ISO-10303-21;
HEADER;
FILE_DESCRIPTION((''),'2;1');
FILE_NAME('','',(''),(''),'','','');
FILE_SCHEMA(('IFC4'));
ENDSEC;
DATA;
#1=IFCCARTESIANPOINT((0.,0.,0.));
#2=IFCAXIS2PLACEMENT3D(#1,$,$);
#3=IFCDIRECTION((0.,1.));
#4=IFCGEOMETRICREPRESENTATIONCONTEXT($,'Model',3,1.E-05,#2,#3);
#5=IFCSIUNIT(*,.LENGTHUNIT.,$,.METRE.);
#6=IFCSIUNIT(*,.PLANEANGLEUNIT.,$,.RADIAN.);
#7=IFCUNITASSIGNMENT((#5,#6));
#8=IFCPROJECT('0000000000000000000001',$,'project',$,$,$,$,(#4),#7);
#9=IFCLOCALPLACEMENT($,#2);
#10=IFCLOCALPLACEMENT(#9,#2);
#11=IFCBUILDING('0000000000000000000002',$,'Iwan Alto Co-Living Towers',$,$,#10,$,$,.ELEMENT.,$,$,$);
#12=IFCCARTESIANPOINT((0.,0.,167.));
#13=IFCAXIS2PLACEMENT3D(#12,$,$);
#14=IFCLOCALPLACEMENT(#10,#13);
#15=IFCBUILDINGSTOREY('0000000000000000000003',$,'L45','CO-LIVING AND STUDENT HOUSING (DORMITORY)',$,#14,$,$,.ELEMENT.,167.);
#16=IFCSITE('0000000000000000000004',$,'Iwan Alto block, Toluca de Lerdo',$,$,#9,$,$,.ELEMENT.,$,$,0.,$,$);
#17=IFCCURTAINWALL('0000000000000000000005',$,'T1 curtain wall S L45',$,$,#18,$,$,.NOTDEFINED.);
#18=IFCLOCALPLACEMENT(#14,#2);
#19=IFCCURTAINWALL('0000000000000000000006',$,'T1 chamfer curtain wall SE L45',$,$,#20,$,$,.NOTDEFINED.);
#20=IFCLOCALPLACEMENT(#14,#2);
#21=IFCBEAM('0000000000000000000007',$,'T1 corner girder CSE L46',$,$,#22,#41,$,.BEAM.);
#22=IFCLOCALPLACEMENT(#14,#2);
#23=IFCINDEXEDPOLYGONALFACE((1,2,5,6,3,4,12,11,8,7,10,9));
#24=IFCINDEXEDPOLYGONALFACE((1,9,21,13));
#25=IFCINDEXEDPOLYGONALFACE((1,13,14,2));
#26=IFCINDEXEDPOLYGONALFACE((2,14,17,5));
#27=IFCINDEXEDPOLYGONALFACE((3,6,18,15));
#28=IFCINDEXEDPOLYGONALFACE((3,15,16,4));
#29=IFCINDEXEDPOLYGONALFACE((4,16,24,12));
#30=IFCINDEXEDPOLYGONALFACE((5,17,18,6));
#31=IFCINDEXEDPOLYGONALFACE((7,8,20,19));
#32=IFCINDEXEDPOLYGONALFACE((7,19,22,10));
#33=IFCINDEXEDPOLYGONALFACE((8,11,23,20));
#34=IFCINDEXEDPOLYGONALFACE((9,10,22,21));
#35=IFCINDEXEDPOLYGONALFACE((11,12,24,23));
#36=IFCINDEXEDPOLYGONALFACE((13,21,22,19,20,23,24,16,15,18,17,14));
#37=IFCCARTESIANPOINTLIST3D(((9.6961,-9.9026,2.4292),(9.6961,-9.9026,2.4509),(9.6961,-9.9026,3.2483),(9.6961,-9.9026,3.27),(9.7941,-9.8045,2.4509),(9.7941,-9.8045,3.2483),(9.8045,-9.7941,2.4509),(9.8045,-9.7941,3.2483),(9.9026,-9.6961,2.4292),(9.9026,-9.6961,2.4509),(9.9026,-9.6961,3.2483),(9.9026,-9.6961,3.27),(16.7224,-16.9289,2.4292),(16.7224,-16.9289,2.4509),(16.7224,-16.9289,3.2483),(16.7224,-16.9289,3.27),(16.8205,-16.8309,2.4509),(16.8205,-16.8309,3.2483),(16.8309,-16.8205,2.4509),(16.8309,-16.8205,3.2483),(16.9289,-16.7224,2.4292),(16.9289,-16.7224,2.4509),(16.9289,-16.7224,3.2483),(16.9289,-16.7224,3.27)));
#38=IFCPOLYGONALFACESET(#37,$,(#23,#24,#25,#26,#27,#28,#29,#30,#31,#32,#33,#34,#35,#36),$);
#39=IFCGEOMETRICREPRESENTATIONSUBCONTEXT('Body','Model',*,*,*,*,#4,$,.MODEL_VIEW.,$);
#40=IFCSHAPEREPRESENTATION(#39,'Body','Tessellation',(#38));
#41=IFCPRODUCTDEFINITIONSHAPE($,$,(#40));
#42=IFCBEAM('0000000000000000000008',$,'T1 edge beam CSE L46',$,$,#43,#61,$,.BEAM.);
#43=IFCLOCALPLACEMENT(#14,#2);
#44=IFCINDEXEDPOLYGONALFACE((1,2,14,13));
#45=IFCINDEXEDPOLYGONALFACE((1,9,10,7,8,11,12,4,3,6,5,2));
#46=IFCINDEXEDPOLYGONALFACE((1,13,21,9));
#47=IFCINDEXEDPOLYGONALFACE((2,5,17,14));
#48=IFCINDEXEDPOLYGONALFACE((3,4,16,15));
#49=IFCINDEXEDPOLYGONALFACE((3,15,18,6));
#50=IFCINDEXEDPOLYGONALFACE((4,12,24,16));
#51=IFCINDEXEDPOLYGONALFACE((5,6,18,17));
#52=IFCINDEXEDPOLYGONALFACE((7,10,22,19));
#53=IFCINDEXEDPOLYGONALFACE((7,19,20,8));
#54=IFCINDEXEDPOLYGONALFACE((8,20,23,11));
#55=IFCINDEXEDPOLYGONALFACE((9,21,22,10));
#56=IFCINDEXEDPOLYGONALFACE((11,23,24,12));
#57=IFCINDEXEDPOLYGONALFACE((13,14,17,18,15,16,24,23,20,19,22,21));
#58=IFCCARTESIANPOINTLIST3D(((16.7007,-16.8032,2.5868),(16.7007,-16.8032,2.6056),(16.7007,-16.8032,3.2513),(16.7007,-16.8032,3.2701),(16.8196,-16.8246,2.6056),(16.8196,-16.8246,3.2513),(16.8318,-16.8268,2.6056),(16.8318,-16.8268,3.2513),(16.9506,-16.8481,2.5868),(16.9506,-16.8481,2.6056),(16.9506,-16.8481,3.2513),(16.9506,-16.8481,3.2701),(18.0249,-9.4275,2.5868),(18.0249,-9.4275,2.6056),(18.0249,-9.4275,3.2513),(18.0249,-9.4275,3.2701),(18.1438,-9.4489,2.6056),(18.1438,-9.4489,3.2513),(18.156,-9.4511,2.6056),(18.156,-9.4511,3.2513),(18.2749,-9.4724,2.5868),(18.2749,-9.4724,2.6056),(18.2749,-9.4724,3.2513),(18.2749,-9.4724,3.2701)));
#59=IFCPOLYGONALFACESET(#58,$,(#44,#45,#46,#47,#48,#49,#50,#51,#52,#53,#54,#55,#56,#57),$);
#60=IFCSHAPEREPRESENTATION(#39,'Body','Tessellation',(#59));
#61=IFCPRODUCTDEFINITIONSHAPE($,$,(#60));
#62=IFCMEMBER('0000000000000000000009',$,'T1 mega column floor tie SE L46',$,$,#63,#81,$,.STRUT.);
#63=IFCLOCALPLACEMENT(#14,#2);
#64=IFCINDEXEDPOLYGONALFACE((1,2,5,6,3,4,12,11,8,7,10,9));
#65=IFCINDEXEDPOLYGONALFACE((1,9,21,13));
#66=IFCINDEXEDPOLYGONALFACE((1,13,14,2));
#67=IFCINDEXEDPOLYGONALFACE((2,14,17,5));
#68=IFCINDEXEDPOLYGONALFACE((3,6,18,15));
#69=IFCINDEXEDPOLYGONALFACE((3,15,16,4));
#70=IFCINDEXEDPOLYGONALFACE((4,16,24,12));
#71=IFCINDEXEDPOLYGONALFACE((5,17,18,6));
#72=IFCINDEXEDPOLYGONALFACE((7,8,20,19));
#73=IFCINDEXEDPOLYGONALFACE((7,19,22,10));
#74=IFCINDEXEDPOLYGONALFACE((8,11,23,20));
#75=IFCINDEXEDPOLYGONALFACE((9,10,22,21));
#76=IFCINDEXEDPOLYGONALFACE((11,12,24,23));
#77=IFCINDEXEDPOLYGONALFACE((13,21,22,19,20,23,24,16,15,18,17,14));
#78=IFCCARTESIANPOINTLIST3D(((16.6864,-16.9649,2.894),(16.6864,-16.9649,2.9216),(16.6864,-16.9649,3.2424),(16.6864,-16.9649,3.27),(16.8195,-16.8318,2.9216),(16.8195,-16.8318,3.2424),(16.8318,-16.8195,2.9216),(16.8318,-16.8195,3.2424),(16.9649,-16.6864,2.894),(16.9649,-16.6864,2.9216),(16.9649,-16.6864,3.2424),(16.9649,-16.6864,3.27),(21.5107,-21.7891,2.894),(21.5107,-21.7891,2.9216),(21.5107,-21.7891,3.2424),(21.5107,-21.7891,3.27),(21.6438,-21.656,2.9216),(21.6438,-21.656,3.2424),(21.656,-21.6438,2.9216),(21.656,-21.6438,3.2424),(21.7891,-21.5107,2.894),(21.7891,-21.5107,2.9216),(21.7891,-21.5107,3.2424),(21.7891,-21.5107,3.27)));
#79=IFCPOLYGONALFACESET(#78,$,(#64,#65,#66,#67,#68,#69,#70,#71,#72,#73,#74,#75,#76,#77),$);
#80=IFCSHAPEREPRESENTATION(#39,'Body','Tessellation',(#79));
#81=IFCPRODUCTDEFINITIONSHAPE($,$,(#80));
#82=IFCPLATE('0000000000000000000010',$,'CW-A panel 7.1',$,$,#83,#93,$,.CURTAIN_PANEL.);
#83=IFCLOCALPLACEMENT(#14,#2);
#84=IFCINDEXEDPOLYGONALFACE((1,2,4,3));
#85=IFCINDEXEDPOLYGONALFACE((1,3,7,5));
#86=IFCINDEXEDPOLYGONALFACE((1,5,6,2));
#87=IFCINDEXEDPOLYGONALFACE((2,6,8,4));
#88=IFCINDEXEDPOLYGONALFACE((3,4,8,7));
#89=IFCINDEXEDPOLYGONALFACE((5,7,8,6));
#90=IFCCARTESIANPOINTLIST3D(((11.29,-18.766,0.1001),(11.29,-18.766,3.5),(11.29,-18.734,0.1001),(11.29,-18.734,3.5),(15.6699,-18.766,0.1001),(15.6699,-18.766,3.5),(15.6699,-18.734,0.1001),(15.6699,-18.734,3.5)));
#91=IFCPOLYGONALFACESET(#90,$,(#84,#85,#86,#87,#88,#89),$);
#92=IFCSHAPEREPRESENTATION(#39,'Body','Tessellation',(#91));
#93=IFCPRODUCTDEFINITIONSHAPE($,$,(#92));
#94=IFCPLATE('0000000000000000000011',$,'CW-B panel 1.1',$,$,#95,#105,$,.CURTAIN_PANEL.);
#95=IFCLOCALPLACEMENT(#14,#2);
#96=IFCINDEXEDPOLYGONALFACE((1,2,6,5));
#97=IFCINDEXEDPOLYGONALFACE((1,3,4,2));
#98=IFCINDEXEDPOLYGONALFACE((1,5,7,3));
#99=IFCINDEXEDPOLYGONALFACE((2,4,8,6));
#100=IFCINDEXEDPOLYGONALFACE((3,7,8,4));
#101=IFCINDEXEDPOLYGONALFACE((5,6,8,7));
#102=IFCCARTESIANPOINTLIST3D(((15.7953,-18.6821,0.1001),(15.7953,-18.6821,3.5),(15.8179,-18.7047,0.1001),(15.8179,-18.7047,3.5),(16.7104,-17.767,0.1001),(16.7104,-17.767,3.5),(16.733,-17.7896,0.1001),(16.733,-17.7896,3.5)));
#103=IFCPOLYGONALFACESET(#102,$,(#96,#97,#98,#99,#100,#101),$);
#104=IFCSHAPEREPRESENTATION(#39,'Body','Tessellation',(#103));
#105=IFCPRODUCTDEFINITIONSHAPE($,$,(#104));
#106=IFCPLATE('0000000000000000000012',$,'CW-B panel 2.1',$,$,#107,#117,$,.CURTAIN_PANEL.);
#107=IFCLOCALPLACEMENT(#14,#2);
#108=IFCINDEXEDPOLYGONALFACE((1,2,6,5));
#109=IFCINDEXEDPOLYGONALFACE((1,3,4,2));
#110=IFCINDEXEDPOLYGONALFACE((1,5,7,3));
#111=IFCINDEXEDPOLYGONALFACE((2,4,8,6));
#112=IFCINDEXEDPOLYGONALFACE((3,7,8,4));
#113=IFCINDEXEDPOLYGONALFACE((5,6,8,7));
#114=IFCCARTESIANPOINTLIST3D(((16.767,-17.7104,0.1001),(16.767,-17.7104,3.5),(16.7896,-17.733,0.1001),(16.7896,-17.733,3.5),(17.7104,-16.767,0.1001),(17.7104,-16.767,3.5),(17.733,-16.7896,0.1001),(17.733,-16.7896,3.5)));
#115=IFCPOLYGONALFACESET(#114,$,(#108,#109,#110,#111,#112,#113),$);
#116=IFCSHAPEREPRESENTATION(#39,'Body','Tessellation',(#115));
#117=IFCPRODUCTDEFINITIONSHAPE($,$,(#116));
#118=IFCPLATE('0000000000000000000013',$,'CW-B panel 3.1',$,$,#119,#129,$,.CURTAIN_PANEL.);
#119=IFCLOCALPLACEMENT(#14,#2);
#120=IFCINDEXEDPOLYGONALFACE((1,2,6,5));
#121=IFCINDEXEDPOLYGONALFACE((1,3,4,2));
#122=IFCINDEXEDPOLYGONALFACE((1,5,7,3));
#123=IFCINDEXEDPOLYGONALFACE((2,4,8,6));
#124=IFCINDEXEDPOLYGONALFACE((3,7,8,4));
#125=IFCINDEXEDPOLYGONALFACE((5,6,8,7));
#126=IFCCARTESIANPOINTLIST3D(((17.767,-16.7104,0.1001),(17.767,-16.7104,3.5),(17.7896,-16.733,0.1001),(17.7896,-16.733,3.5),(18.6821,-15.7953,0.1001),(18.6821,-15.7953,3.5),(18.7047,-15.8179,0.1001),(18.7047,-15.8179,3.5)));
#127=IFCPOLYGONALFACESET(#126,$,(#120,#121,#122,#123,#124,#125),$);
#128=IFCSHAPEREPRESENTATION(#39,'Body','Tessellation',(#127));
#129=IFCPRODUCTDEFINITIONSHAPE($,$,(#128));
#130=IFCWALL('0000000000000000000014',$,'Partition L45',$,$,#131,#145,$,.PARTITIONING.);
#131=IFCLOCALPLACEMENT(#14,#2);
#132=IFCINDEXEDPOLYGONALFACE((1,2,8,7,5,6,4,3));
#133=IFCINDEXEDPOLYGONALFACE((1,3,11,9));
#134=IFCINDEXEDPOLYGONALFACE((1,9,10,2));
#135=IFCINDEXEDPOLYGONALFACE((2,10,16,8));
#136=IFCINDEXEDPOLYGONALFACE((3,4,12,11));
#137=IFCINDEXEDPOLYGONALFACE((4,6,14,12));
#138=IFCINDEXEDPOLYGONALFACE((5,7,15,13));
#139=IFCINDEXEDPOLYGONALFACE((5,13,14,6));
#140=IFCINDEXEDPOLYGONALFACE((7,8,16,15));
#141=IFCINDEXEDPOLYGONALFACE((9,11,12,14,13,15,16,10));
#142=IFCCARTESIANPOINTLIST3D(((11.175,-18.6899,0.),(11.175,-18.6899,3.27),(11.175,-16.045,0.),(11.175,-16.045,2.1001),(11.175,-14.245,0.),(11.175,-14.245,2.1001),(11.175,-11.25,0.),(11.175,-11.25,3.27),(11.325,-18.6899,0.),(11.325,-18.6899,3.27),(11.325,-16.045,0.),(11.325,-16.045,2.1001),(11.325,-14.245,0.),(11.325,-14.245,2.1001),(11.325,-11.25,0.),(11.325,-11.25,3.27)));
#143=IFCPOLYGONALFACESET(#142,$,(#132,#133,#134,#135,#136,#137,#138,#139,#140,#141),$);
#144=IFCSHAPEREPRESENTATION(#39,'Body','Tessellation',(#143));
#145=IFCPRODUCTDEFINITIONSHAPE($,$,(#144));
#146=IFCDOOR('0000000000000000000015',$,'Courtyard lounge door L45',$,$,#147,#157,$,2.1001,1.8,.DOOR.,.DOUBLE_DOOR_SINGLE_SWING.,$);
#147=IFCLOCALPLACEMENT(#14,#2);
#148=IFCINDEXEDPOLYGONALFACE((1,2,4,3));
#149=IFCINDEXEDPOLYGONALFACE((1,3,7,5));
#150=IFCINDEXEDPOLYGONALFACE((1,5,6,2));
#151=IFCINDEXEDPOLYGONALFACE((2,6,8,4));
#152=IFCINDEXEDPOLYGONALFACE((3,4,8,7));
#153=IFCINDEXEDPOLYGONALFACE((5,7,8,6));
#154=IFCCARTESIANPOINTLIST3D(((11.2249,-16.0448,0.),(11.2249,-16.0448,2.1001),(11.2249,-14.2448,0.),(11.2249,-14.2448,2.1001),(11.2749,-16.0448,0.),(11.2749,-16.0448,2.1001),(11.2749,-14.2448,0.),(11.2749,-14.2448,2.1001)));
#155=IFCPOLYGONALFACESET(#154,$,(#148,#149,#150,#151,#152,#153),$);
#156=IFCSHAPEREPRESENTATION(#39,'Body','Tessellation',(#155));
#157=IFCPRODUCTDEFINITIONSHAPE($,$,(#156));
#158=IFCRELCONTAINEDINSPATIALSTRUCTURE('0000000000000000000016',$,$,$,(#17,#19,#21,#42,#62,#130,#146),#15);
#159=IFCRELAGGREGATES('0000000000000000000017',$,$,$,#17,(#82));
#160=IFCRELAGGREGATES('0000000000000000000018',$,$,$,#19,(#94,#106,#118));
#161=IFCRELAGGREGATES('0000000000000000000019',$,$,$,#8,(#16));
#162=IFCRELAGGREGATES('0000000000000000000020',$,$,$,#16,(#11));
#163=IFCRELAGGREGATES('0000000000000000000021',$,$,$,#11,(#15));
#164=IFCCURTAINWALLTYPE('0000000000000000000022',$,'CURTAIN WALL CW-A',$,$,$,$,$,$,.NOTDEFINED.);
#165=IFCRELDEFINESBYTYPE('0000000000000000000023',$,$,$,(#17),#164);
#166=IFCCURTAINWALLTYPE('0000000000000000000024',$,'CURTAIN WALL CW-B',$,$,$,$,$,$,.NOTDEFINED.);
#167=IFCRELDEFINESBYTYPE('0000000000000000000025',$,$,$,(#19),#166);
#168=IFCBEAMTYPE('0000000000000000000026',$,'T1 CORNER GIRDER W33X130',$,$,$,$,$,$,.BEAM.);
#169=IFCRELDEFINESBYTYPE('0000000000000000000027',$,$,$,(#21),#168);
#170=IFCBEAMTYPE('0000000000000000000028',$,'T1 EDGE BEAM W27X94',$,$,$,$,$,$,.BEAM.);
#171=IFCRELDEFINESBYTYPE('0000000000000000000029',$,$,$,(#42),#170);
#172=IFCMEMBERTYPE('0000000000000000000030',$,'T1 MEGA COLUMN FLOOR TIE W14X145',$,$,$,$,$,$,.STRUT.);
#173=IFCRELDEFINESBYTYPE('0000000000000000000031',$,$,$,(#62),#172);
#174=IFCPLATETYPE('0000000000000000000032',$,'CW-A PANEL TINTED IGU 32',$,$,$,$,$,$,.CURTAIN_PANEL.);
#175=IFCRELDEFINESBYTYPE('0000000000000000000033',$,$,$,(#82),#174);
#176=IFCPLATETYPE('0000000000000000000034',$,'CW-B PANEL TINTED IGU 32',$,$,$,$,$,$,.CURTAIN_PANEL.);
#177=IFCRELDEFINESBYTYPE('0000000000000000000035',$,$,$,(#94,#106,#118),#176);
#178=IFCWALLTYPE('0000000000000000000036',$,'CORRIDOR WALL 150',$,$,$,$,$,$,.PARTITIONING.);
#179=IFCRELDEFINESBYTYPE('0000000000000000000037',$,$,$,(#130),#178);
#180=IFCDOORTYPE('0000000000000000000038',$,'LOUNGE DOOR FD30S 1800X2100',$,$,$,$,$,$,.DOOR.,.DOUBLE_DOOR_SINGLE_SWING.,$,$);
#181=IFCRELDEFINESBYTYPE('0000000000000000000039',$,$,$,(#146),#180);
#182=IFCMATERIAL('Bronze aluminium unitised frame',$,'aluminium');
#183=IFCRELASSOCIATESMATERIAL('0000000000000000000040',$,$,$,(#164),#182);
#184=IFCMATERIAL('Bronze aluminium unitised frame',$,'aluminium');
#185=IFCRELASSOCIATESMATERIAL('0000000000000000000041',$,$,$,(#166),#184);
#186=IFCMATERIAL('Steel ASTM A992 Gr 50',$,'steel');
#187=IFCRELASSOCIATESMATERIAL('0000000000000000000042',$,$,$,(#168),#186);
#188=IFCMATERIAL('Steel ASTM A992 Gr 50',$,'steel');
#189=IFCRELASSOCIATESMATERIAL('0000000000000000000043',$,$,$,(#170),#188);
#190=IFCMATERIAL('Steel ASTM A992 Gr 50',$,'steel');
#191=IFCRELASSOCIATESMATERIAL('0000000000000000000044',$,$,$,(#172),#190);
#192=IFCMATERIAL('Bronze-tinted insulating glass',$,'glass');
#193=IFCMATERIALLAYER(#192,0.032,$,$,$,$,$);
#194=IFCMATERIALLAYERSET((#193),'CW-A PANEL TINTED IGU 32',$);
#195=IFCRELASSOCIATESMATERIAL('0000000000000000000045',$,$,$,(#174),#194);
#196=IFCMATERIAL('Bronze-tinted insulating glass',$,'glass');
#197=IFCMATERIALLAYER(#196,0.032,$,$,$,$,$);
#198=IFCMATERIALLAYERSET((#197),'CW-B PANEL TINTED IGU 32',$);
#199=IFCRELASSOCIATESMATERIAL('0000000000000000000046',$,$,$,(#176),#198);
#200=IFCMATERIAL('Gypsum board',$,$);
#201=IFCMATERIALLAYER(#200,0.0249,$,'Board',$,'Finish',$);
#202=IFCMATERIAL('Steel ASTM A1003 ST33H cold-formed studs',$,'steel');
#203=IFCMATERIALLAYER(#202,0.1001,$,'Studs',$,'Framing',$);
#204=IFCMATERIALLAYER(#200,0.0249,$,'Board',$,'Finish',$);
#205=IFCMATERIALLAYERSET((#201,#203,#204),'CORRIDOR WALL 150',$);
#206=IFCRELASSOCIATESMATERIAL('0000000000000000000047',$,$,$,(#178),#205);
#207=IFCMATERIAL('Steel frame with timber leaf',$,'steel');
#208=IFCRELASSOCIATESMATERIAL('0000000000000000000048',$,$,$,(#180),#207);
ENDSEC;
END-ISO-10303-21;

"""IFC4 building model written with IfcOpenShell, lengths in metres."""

from ifc_helpers import new_model, si_unit, direction, frame, frame_2d, origin, origin_2d, place, context, subcontext, project, spatial, rectangle, i_section, extrude, material, layer, layer_set, material_profile, profile_set, type_object, element, fill, aggregate, save


model = new_model("IFC4")

# Units and contexts
model_context = context("Model", 3, precision=1e-05, world=origin(), true_north=direction((0.0, 1.0)))
body_context = subcontext(model_context, "Body", "Model", "MODEL_VIEW")
ifc_project = project(units=[si_unit("LENGTHUNIT", "METRE"), si_unit("PLANEANGLEUNIT", "RADIAN")], contexts=[model_context])

# Site, building, storey
site_placement = place(None, origin())
site = spatial("IfcSite", under=ifc_project, at=site_placement, Name="Iwan Alto block, Toluca de Lerdo", CompositionType="ELEMENT", RefElevation=0.0)
building_placement = place(site_placement, origin())
building = spatial("IfcBuilding", under=site, at=building_placement, Name="Iwan Alto Co-Living Towers", CompositionType="ELEMENT")
storey_placement = place(building_placement, frame((0.0, 0.0, 167.0)))
storey = spatial("IfcBuildingStorey", under=building, at=storey_placement, Name="L45", Description="CO-LIVING AND STUDENT HOUSING (DORMITORY)", CompositionType="ELEMENT", Elevation=167.0)

# Curtain walls
ifc_material_1 = material(Name="Bronze aluminium unitised frame", Category="aluminium")
curtain_wall_type_1 = type_object("IfcCurtainWallType", Name="CURTAIN WALL CW-A", PredefinedType="NOTDEFINED", material=ifc_material_1)
curtain_wall_1_placement = place(storey_placement, origin())
curtain_wall_1 = element("IfcCurtainWall", 1, at=curtain_wall_1_placement, inside=storey, type_object=curtain_wall_type_1, Name="T1 curtain wall S L45", PredefinedType="NOTDEFINED")
ifc_material_2 = material(Name="Bronze aluminium unitised frame", Category="aluminium")
curtain_wall_type_2 = type_object("IfcCurtainWallType", Name="CURTAIN WALL CW-B", PredefinedType="NOTDEFINED", material=ifc_material_2)
curtain_wall_2_placement = place(storey_placement, origin())
curtain_wall_2 = element("IfcCurtainWall", 2, at=curtain_wall_2_placement, inside=storey, type_object=curtain_wall_type_2, Name="T1 chamfer curtain wall SE L45", PredefinedType="NOTDEFINED")

# Beams
ifc_material_3 = material(Name="Steel ASTM A992 Gr 50", Category="steel")
ifc_material_profile_1 = material_profile(ifc_material_3, i_section(OverallWidth=0.292, OverallDepth=0.8408, WebThickness=0.0146, FlangeThickness=0.0217, at=origin_2d()), Name="W33X130")
ifc_profile_set_1 = profile_set([ifc_material_profile_1], Name="Steel ASTM A992 Gr 50")
beam_type_1 = type_object("IfcBeamType", Name="T1 CORNER GIRDER W33X130", PredefinedType="BEAM", material=ifc_profile_set_1)
beam_1_placement = place(storey_placement, frame((16.8257, -16.8257, 2.8496), z_axis=(-0.707107, 0.707107, 0.0), x_axis=(-0.707107, -0.707107, 0.0)))
element("IfcBeam", 3, at=beam_1_placement, inside=storey, type_object=beam_type_1, Name="T1 corner girder CSE L46", PredefinedType="BEAM", context=body_context, shape_type="SweptSolid", body=[
    extrude(i_section(OverallWidth=0.292, OverallDepth=0.8408, WebThickness=0.0146, FlangeThickness=0.0217, at=origin_2d()), origin(), (0.0, 0.0, 1.0), 9.9368),
])
ifc_material_4 = material(Name="Steel ASTM A992 Gr 50", Category="steel")
ifc_material_profile_2 = material_profile(ifc_material_4, i_section(OverallWidth=0.2539, OverallDepth=0.6833, WebThickness=0.0125, FlangeThickness=0.0188, at=origin_2d()), Name="W27X94")
ifc_profile_set_2 = profile_set([ifc_material_profile_2], Name="Steel ASTM A992 Gr 50")
beam_type_2 = type_object("IfcBeamType", Name="T1 EDGE BEAM W27X94", PredefinedType="BEAM", material=ifc_profile_set_2)
beam_2_placement = place(storey_placement, frame((16.8257, -16.8257, 2.9285), z_axis=(0.176712, 0.984263, 0.0), x_axis=(-0.984263, 0.176712, 0.0)))
element("IfcBeam", 4, at=beam_2_placement, inside=storey, type_object=beam_type_2, Name="T1 edge beam CSE L46", PredefinedType="BEAM", context=body_context, shape_type="SweptSolid", body=[
    extrude(i_section(OverallWidth=0.2539, OverallDepth=0.6833, WebThickness=0.0125, FlangeThickness=0.0188, at=origin_2d()), origin(), (0.0, 0.0, 1.0), 7.4937),
])

# Member
ifc_material_5 = material(Name="Steel ASTM A992 Gr 50", Category="steel")
ifc_material_profile_3 = material_profile(ifc_material_5, i_section(OverallWidth=0.3938, OverallDepth=0.376, WebThickness=0.0173, FlangeThickness=0.0276, at=origin_2d()), Name="W14X145")
ifc_profile_set_3 = profile_set([ifc_material_profile_3], Name="Steel ASTM A992 Gr 50")
member_type_1 = type_object("IfcMemberType", Name="T1 MEGA COLUMN FLOOR TIE W14X145", PredefinedType="STRUT", material=ifc_profile_set_3)
member_1_placement = place(storey_placement, frame((21.6499, -21.6499, 3.082), z_axis=(-0.707107, 0.707107, 0.0), x_axis=(-0.707107, -0.707107, 0.0)))
element("IfcMember", 5, at=member_1_placement, inside=storey, type_object=member_type_1, Name="T1 mega column floor tie SE L46", PredefinedType="STRUT", context=body_context, shape_type="SweptSolid", body=[
    extrude(i_section(OverallWidth=0.3938, OverallDepth=0.376, WebThickness=0.0173, FlangeThickness=0.0276, at=origin_2d()), origin(), (0.0, 0.0, 1.0), 6.8225),
])

# Plates
ifc_material_6 = material(Name="Bronze-tinted insulating glass", Category="glass")
ifc_layer_1 = layer(ifc_material_6, 0.032)
ifc_layer_set_1 = layer_set([ifc_layer_1], Name="CW-A PANEL TINTED IGU 32")
plate_type_1 = type_object("IfcPlateType", Name="CW-A PANEL TINTED IGU 32", PredefinedType="CURTAIN_PANEL", material=ifc_layer_set_1)
plate_1_placement = place(storey_placement, frame((13.48, -18.75, 0.1001), z_axis=(0.0, 0.0, 1.0), x_axis=(1.0, 0.0, 0.0)))
plate_1 = element("IfcPlate", 6, at=plate_1_placement, type_object=plate_type_1, Name="CW-A panel 7.1", PredefinedType="CURTAIN_PANEL", context=body_context, shape_type="SweptSolid", body=[
    extrude(rectangle(XDim=4.3799, YDim=0.032, at=origin_2d()), origin(), (0.0, 0.0, 1.0), 3.3999),
])
aggregate(curtain_wall_1, [plate_1])
ifc_material_7 = material(Name="Bronze-tinted insulating glass", Category="glass")
ifc_layer_2 = layer(ifc_material_7, 0.032)
ifc_layer_set_2 = layer_set([ifc_layer_2], Name="CW-B PANEL TINTED IGU 32")
plate_type_2 = type_object("IfcPlateType", Name="CW-B PANEL TINTED IGU 32", PredefinedType="CURTAIN_PANEL", material=ifc_layer_set_2)
plate_2_placement = place(storey_placement, frame((16.2642, -18.2358, 0.1001), z_axis=(0.0, 0.0, 1.0), x_axis=(0.707107, 0.707107, 0.0)))
plate_2 = element("IfcPlate", 7, at=plate_2_placement, type_object=plate_type_2, Name="CW-B panel 1.1", PredefinedType="CURTAIN_PANEL", context=body_context, shape_type="SweptSolid", body=[
    extrude(rectangle(XDim=1.2942, YDim=0.032, at=origin_2d()), origin(), (0.0, 0.0, 1.0), 3.3999),
])
plate_3_placement = place(storey_placement, frame((17.25, -17.25, 0.1001), z_axis=(0.0, 0.0, 1.0), x_axis=(0.707107, 0.707107, 0.0)))
plate_3 = element("IfcPlate", 8, at=plate_3_placement, type_object=plate_type_2, Name="CW-B panel 2.1", PredefinedType="CURTAIN_PANEL", context=body_context, shape_type="SweptSolid", body=[
    extrude(rectangle(XDim=1.3342, YDim=0.032, at=origin_2d()), origin(), (0.0, 0.0, 1.0), 3.3999),
])
plate_4_placement = place(storey_placement, frame((18.2358, -16.2642, 0.1001), z_axis=(0.0, 0.0, 1.0), x_axis=(0.707107, 0.707107, 0.0)))
plate_4 = element("IfcPlate", 9, at=plate_4_placement, type_object=plate_type_2, Name="CW-B panel 3.1", PredefinedType="CURTAIN_PANEL", context=body_context, shape_type="SweptSolid", body=[
    extrude(rectangle(XDim=1.2942, YDim=0.032, at=origin_2d()), origin(), (0.0, 0.0, 1.0), 3.3999),
])
aggregate(curtain_wall_2, [plate_2, plate_3, plate_4])

# Wall, opening, door
ifc_material_8 = material(Name="Gypsum board")
ifc_layer_3 = layer(ifc_material_8, 0.0249, Name="Board", Category="Finish")
ifc_material_9 = material(Name="Steel ASTM A1003 ST33H cold-formed studs", Category="steel")
ifc_layer_4 = layer(ifc_material_9, 0.1001, Name="Studs", Category="Framing")
ifc_layer_5 = layer(ifc_material_8, 0.0249, Name="Board", Category="Finish")
ifc_layer_set_3 = layer_set([ifc_layer_3, ifc_layer_4, ifc_layer_5], Name="CORRIDOR WALL 150")
wall_type = type_object("IfcWallType", Name="CORRIDOR WALL 150", PredefinedType="PARTITIONING", material=ifc_layer_set_3)
wall_placement = place(storey_placement, frame((11.25, -18.6899, 0.0), z_axis=(0.0, 0.0, 1.0), x_axis=(0.0, 1.0, 0.0)))
wall = element("IfcWall", 10, at=wall_placement, inside=storey, type_object=wall_type, Name="Partition L45", PredefinedType="PARTITIONING", context=body_context, shape_type="SweptSolid", body=[
    extrude(rectangle(XDim=7.4399, YDim=0.1499, at=frame_2d((3.72, 0.0))), origin(), (0.0, 0.0, 1.0), 3.27),
])
opening_placement = place(wall_placement, frame((2.645, 0.0, 0.0)))
opening = element("IfcOpeningElement", 11, at=opening_placement, cuts=wall, PredefinedType="OPENING", context=body_context, shape_type="SweptSolid", body=[
    extrude(rectangle(XDim=1.8, YDim=2.1001, at=frame_2d((0.8999, 1.05))), frame((0.0, 0.085, 0.0), z_axis=(0.0, -1.0, 0.0), x_axis=(1.0, 0.0, 0.0)), (0.0, 0.0, 1.0), 0.1699),
])
ifc_material_10 = material(Name="Steel frame with timber leaf", Category="steel")
door_type = type_object("IfcDoorType", Name="LOUNGE DOOR FD30S 1800X2100", OperationType="DOUBLE_DOOR_SINGLE_SWING", PredefinedType="DOOR", material=ifc_material_10)
door_placement = place(opening_placement, frame((1.8, 0.0, 0.0), z_axis=(0.0, 0.0, 1.0), x_axis=(-1.0, 0.0, 0.0)))
door = element("IfcDoor", 12, at=door_placement, inside=storey, type_object=door_type, Name="Courtyard lounge door L45", OperationType="DOUBLE_DOOR_SINGLE_SWING", OverallHeight=2.1001, OverallWidth=1.8, PredefinedType="DOOR", context=body_context, shape_type="SweptSolid", body=[
    extrude(rectangle(XDim=1.8, YDim=2.1001, at=frame_2d((0.8999, 1.05))), frame((0.0, 0.0249, 0.0), z_axis=(0.0, -1.0, 0.0), x_axis=(1.0, 0.0, 0.0)), (0.0, 0.0, 1.0), 0.05),
])
fill(opening, door)

save(model, "model.ifc")
